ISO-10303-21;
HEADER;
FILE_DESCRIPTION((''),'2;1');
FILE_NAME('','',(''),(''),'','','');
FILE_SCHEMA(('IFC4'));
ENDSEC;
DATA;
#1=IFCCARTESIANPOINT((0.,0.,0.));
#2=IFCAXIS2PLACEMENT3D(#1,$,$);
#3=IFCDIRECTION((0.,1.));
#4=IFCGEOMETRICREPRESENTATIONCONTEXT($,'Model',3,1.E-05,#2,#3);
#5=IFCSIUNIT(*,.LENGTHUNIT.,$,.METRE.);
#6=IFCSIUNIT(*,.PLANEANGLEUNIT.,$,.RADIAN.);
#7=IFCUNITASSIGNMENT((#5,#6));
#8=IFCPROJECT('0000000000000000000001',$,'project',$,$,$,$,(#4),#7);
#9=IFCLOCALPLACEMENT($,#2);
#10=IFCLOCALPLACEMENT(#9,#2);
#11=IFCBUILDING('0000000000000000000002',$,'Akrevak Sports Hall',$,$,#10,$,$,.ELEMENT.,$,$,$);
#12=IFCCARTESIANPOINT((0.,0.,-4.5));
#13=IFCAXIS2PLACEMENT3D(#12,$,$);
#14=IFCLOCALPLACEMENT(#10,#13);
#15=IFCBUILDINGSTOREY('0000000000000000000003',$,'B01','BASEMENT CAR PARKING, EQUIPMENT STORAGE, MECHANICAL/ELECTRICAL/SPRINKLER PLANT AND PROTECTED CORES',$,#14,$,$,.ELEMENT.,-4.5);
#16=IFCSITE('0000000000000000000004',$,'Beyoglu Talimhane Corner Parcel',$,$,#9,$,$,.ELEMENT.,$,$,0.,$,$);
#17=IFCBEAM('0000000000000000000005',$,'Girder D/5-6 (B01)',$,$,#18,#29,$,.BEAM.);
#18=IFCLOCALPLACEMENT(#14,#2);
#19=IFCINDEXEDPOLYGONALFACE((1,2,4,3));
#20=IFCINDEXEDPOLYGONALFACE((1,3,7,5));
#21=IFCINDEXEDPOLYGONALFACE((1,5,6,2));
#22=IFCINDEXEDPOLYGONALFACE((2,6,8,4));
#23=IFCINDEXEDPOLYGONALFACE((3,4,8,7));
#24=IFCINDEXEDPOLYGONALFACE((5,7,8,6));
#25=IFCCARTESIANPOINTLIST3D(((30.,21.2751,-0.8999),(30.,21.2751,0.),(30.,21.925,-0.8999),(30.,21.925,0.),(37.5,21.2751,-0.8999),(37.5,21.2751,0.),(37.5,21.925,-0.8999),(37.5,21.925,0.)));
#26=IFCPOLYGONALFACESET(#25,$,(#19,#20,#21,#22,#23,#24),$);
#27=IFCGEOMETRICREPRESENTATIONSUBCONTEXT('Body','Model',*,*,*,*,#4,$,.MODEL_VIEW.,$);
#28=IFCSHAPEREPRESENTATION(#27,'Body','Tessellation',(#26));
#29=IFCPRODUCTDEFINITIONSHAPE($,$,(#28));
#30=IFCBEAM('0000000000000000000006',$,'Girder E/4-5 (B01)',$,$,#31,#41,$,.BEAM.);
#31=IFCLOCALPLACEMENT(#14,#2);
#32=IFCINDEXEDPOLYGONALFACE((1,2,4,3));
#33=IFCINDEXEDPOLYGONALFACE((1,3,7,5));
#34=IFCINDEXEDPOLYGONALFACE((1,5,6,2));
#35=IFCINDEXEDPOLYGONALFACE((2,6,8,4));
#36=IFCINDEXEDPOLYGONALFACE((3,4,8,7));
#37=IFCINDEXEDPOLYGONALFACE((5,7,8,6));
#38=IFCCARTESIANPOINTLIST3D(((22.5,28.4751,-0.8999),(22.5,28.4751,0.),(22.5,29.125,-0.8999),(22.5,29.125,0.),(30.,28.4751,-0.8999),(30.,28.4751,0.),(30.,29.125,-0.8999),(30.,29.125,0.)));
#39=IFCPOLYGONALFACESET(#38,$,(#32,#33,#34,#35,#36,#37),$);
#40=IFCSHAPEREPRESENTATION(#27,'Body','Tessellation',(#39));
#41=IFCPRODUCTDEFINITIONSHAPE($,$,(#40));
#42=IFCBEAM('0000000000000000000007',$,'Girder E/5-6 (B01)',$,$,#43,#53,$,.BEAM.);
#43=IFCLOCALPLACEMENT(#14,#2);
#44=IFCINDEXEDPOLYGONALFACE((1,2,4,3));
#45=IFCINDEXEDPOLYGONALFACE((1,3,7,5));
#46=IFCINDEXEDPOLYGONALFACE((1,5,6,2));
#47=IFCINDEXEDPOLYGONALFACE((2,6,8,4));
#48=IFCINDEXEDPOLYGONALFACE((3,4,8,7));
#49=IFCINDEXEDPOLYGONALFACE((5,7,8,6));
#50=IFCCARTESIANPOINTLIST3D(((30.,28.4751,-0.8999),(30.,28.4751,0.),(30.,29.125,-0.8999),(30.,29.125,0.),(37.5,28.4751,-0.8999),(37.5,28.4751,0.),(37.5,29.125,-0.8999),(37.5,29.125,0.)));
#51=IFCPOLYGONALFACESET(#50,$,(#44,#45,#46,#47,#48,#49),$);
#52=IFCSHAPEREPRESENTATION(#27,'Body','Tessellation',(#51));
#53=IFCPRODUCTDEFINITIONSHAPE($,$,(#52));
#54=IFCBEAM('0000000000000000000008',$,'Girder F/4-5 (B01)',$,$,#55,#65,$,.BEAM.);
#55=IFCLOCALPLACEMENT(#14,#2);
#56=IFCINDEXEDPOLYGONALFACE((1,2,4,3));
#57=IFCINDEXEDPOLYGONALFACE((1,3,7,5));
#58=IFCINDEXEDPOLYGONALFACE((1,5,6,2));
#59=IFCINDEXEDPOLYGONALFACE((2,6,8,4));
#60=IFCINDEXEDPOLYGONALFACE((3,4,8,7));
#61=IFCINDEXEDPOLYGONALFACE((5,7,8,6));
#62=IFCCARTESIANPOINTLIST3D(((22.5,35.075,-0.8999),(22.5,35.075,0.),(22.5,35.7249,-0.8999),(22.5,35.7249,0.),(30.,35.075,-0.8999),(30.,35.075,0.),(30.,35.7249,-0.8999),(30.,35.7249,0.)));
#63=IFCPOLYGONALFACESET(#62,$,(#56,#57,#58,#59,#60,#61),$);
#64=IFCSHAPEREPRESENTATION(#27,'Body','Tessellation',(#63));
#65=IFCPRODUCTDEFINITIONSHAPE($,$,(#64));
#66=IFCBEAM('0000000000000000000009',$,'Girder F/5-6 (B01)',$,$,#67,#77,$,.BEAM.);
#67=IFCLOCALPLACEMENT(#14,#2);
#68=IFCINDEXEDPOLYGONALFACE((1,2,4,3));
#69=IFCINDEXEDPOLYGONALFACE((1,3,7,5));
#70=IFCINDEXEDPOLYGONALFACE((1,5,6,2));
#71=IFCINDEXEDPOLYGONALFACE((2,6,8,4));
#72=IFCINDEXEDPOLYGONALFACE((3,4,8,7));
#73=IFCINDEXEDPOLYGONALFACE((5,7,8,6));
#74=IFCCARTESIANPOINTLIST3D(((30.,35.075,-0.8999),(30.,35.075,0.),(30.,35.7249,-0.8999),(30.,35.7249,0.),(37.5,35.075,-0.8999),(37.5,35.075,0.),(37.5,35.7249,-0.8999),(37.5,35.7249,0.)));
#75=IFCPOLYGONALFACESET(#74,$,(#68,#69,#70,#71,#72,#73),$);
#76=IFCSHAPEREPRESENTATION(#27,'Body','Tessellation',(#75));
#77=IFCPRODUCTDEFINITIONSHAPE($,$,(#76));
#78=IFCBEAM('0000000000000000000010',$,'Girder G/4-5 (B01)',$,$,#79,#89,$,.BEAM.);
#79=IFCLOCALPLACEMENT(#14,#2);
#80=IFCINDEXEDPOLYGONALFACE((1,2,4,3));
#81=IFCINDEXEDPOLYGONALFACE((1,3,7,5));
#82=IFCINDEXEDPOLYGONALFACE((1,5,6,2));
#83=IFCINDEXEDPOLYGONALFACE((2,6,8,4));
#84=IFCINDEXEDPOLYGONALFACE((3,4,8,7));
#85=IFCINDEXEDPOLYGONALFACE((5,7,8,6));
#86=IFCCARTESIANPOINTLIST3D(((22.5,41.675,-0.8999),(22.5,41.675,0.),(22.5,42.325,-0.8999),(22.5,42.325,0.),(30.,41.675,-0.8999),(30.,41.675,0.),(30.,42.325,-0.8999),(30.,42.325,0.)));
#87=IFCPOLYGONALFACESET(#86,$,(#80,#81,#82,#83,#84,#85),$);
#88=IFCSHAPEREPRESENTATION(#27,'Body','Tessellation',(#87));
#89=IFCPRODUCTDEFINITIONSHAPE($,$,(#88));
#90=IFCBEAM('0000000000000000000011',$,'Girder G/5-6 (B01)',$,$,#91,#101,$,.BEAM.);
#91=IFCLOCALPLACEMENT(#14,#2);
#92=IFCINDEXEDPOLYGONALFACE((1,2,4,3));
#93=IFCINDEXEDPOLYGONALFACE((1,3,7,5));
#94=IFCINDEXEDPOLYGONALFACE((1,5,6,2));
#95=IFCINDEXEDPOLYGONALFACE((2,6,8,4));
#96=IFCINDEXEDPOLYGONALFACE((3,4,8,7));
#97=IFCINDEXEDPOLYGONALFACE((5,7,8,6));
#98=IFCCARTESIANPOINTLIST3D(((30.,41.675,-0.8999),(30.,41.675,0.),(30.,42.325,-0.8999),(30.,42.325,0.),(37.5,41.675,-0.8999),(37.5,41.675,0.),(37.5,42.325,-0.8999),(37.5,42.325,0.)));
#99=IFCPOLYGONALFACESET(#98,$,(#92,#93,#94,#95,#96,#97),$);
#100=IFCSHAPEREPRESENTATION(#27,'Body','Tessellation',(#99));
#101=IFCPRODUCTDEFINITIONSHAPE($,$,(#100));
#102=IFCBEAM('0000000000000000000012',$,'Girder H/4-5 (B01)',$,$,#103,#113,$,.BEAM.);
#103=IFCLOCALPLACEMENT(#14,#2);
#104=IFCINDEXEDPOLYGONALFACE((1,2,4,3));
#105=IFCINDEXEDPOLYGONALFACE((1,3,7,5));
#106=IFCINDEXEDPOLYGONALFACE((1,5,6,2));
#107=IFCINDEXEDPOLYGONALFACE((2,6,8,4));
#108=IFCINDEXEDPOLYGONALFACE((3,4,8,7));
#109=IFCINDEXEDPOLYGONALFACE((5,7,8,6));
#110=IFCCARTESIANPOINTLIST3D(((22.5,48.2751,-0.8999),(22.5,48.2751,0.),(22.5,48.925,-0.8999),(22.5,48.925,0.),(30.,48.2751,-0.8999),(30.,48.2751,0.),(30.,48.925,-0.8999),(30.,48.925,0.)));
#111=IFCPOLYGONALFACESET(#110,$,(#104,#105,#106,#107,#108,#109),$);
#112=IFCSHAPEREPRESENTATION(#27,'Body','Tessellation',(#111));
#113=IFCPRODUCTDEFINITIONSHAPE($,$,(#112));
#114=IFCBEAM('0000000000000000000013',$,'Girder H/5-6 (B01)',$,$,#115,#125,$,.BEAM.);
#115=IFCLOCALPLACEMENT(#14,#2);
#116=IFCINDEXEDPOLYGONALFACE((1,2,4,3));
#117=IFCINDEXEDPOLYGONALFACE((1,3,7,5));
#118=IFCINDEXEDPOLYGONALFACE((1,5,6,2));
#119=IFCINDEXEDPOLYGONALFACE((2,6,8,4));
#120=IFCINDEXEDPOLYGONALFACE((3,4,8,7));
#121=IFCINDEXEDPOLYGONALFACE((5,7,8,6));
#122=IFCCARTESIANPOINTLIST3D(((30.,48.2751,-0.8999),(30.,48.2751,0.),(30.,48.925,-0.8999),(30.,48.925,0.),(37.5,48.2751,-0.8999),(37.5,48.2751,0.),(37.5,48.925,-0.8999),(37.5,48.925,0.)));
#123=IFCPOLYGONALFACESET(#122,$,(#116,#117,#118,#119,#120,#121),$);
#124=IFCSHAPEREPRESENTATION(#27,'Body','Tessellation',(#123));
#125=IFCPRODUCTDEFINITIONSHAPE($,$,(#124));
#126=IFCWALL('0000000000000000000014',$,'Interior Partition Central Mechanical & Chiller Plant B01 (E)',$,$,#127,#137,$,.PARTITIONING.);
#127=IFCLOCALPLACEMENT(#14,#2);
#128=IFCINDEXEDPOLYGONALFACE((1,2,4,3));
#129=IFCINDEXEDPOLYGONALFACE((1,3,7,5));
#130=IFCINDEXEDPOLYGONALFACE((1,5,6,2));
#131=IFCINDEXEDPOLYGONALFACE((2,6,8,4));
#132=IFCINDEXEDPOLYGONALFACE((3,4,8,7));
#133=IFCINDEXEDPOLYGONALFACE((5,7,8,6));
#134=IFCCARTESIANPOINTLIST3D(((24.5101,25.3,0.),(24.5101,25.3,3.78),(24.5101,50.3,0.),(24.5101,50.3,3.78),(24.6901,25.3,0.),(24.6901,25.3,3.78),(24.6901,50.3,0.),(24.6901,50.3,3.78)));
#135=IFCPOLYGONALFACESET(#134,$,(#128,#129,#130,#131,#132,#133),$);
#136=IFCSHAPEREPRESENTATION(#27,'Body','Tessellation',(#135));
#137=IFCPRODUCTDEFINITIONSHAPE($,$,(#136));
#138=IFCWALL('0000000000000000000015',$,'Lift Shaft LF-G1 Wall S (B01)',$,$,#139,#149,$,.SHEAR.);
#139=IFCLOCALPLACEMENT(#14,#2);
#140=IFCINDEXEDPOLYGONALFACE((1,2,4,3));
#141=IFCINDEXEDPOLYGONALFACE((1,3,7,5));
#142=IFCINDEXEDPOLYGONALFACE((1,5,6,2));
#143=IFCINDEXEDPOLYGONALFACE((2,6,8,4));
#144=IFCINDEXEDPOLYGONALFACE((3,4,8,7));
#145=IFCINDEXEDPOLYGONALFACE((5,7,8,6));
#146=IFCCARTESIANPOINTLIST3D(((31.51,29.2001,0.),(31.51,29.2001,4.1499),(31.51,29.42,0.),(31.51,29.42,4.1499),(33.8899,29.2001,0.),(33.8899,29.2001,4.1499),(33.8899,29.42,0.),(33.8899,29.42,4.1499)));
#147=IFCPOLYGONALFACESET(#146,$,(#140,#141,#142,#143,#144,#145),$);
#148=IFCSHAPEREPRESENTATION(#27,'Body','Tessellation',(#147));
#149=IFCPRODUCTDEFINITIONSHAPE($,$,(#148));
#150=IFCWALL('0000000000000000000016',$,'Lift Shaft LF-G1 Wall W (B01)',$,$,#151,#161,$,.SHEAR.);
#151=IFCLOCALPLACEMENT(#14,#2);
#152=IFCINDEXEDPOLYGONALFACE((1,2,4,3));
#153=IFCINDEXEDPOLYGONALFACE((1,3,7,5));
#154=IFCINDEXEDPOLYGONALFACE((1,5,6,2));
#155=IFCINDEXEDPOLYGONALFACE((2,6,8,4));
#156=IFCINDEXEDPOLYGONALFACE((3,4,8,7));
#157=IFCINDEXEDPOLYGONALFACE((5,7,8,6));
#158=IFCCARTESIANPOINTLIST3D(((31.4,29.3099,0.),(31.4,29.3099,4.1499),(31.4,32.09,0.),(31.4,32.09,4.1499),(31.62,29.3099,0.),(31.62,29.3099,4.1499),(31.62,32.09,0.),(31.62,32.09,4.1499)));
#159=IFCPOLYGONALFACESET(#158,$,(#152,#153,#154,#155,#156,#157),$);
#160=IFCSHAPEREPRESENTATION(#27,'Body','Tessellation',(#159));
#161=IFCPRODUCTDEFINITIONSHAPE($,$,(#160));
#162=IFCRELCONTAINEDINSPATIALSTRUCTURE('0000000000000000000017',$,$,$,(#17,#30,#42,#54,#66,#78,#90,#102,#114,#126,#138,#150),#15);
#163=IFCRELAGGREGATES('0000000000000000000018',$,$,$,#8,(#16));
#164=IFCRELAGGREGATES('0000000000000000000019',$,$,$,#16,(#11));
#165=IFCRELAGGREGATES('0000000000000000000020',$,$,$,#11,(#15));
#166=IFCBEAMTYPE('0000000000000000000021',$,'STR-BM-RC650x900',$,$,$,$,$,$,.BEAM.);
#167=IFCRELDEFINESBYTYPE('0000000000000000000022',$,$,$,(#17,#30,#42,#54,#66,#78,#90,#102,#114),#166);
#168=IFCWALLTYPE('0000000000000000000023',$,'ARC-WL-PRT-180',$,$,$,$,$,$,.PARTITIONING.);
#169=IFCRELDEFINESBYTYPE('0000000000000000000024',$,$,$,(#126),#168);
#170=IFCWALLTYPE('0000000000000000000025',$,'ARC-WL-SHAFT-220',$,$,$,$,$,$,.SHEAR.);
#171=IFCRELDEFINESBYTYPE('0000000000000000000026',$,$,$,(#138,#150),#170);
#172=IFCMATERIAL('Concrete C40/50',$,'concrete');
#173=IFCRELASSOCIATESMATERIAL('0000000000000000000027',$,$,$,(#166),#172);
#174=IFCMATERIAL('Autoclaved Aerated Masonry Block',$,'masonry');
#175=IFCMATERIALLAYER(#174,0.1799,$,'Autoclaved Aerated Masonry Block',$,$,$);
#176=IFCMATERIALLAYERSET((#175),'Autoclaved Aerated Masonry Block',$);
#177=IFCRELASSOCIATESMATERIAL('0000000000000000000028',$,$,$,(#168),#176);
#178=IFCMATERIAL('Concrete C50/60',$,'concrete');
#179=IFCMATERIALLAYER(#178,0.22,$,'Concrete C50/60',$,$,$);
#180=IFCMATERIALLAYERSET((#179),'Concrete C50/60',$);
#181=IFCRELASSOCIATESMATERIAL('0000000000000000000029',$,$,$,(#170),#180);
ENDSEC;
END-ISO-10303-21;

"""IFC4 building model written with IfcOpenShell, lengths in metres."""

from ifc_helpers import new_model, si_unit, direction, frame, frame_2d, origin, origin_2d, place, context, subcontext, project, spatial, rectangle, extrude, material, layer, layer_set, material_profile, profile_set, type_object, element, save


model = new_model("IFC4")

# Units and contexts
model_context = context("Model", 3, precision=1e-05, world=origin(), true_north=direction((0.0, 1.0)))
body_context = subcontext(model_context, "Body", "Model", "MODEL_VIEW")
ifc_project = project(units=[si_unit("LENGTHUNIT", "METRE"), si_unit("PLANEANGLEUNIT", "RADIAN")], contexts=[model_context])

# Site, building, storey
site_placement = place(None, origin())
site = spatial("IfcSite", under=ifc_project, at=site_placement, Name="Beyoglu Talimhane Corner Parcel", CompositionType="ELEMENT", RefElevation=0.0)
building_placement = place(site_placement, origin())
building = spatial("IfcBuilding", under=site, at=building_placement, Name="Akrevak Sports Hall", CompositionType="ELEMENT")
storey_placement = place(building_placement, frame((0.0, 0.0, -4.5)))
storey = spatial("IfcBuildingStorey", under=building, at=storey_placement, Name="B01", Description="BASEMENT CAR PARKING, EQUIPMENT STORAGE, MECHANICAL/ELECTRICAL/SPRINKLER PLANT AND PROTECTED CORES", CompositionType="ELEMENT", Elevation=-4.5)

# Shared definitions
ifc_material_1 = material(Name="Concrete C40/50", Category="concrete")
ifc_material_2 = material(Name="Concrete C50/60", Category="concrete")

# Beams
ifc_material_profile_1 = material_profile(ifc_material_1, rectangle(XDim=0.6499, YDim=0.8999, at=origin_2d()), Name="BM 650x900", Category="concrete")
ifc_profile_set_1 = profile_set([ifc_material_profile_1], Name="Concrete C40/50")
beam_type_1 = type_object("IfcBeamType", Name="STR-BM-RC650x900", PredefinedType="BEAM", material=ifc_profile_set_1)
for number, where, z_axis, x_axis, name in (
    (1, (30.0, 21.6001, -0.45), (1.0, 0.0, 0.0), (0.0, 1.0, 0.0), "Girder D/5-6 (B01)"),
    (2, (22.5, 28.8, -0.45), (1.0, 0.0, 0.0), (0.0, 1.0, 0.0), "Girder E/4-5 (B01)"),
    (3, (30.0, 28.8, -0.45), (1.0, 0.0, 0.0), (0.0, 1.0, 0.0), "Girder E/5-6 (B01)"),
    (4, (22.5, 35.3999, -0.45), (1.0, 0.0, 0.0), (0.0, 1.0, 0.0), "Girder F/4-5 (B01)"),
    (5, (30.0, 35.3999, -0.45), (1.0, 0.0, 0.0), (0.0, 1.0, 0.0), "Girder F/5-6 (B01)"),
    (6, (22.5, 42.0, -0.45), (1.0, 0.0, 0.0), (0.0, 1.0, 0.0), "Girder G/4-5 (B01)"),
    (7, (30.0, 42.0, -0.45), (1.0, 0.0, 0.0), (0.0, 1.0, 0.0), "Girder G/5-6 (B01)"),
    (8, (22.5, 48.6001, -0.45), (1.0, 0.0, 0.0), (0.0, 1.0, 0.0), "Girder H/4-5 (B01)"),
    (9, (30.0, 48.6001, -0.45), (1.0, 0.0, 0.0), (0.0, 1.0, 0.0), "Girder H/5-6 (B01)"),
):
    element("IfcBeam", number, at=place(storey_placement, frame(where, z_axis=z_axis, x_axis=x_axis)), inside=storey, type_object=beam_type_1, Name=name, PredefinedType="BEAM", context=body_context, shape_type="SweptSolid", body=[
        extrude(rectangle(XDim=0.6499, YDim=0.8999, at=origin_2d()), origin(), (0.0, 0.0, 1.0), 7.5),
    ])

# Walls
ifc_material_3 = material(Name="Autoclaved Aerated Masonry Block", Category="masonry")
ifc_layer_1 = layer(ifc_material_3, 0.1799, Name="Autoclaved Aerated Masonry Block")
ifc_layer_set_1 = layer_set([ifc_layer_1], Name="Autoclaved Aerated Masonry Block")
wall_type_1 = type_object("IfcWallType", Name="ARC-WL-PRT-180", PredefinedType="PARTITIONING", material=ifc_layer_set_1)
wall_1_placement = place(storey_placement, frame((24.6001, 25.3, 0.0), z_axis=(0.0, 0.0, 1.0), x_axis=(0.0, 1.0, 0.0)))
element("IfcWall", 10, at=wall_1_placement, inside=storey, type_object=wall_type_1, Name="Interior Partition Central Mechanical & Chiller Plant B01 (E)", PredefinedType="PARTITIONING", context=body_context, shape_type="SweptSolid", body=[
    extrude(rectangle(XDim=25.0, YDim=0.1799, at=frame_2d((12.5, 0.0))), origin(), (0.0, 0.0, 1.0), 3.78),
])
ifc_layer_2 = layer(ifc_material_2, 0.22, Name="Concrete C50/60")
ifc_layer_set_2 = layer_set([ifc_layer_2], Name="Concrete C50/60")
wall_type_2 = type_object("IfcWallType", Name="ARC-WL-SHAFT-220", PredefinedType="SHEAR", material=ifc_layer_set_2)
wall_2_placement = place(storey_placement, frame((31.51, 29.3101, 0.0), z_axis=(0.0, 0.0, 1.0), x_axis=(1.0, 0.0, 0.0)))
element("IfcWall", 11, at=wall_2_placement, inside=storey, type_object=wall_type_2, Name="Lift Shaft LF-G1 Wall S (B01)", PredefinedType="SHEAR", context=body_context, shape_type="SweptSolid", body=[
    extrude(rectangle(XDim=2.3799, YDim=0.22, at=frame_2d((1.1899, 0.0))), origin(), (0.0, 0.0, 1.0), 4.1499),
])
wall_3_placement = place(storey_placement, frame((31.51, 32.0901, 0.0), z_axis=(0.0, 0.0, 1.0), x_axis=(0.0, -1.0, 0.0)))
element("IfcWall", 12, at=wall_3_placement, inside=storey, type_object=wall_type_2, Name="Lift Shaft LF-G1 Wall W (B01)", PredefinedType="SHEAR", context=body_context, shape_type="SweptSolid", body=[
    extrude(rectangle(XDim=2.78, YDim=0.22, at=frame_2d((1.3901, 0.0))), origin(), (0.0, 0.0, 1.0), 4.1499),
])

save(model, "model.ifc")
